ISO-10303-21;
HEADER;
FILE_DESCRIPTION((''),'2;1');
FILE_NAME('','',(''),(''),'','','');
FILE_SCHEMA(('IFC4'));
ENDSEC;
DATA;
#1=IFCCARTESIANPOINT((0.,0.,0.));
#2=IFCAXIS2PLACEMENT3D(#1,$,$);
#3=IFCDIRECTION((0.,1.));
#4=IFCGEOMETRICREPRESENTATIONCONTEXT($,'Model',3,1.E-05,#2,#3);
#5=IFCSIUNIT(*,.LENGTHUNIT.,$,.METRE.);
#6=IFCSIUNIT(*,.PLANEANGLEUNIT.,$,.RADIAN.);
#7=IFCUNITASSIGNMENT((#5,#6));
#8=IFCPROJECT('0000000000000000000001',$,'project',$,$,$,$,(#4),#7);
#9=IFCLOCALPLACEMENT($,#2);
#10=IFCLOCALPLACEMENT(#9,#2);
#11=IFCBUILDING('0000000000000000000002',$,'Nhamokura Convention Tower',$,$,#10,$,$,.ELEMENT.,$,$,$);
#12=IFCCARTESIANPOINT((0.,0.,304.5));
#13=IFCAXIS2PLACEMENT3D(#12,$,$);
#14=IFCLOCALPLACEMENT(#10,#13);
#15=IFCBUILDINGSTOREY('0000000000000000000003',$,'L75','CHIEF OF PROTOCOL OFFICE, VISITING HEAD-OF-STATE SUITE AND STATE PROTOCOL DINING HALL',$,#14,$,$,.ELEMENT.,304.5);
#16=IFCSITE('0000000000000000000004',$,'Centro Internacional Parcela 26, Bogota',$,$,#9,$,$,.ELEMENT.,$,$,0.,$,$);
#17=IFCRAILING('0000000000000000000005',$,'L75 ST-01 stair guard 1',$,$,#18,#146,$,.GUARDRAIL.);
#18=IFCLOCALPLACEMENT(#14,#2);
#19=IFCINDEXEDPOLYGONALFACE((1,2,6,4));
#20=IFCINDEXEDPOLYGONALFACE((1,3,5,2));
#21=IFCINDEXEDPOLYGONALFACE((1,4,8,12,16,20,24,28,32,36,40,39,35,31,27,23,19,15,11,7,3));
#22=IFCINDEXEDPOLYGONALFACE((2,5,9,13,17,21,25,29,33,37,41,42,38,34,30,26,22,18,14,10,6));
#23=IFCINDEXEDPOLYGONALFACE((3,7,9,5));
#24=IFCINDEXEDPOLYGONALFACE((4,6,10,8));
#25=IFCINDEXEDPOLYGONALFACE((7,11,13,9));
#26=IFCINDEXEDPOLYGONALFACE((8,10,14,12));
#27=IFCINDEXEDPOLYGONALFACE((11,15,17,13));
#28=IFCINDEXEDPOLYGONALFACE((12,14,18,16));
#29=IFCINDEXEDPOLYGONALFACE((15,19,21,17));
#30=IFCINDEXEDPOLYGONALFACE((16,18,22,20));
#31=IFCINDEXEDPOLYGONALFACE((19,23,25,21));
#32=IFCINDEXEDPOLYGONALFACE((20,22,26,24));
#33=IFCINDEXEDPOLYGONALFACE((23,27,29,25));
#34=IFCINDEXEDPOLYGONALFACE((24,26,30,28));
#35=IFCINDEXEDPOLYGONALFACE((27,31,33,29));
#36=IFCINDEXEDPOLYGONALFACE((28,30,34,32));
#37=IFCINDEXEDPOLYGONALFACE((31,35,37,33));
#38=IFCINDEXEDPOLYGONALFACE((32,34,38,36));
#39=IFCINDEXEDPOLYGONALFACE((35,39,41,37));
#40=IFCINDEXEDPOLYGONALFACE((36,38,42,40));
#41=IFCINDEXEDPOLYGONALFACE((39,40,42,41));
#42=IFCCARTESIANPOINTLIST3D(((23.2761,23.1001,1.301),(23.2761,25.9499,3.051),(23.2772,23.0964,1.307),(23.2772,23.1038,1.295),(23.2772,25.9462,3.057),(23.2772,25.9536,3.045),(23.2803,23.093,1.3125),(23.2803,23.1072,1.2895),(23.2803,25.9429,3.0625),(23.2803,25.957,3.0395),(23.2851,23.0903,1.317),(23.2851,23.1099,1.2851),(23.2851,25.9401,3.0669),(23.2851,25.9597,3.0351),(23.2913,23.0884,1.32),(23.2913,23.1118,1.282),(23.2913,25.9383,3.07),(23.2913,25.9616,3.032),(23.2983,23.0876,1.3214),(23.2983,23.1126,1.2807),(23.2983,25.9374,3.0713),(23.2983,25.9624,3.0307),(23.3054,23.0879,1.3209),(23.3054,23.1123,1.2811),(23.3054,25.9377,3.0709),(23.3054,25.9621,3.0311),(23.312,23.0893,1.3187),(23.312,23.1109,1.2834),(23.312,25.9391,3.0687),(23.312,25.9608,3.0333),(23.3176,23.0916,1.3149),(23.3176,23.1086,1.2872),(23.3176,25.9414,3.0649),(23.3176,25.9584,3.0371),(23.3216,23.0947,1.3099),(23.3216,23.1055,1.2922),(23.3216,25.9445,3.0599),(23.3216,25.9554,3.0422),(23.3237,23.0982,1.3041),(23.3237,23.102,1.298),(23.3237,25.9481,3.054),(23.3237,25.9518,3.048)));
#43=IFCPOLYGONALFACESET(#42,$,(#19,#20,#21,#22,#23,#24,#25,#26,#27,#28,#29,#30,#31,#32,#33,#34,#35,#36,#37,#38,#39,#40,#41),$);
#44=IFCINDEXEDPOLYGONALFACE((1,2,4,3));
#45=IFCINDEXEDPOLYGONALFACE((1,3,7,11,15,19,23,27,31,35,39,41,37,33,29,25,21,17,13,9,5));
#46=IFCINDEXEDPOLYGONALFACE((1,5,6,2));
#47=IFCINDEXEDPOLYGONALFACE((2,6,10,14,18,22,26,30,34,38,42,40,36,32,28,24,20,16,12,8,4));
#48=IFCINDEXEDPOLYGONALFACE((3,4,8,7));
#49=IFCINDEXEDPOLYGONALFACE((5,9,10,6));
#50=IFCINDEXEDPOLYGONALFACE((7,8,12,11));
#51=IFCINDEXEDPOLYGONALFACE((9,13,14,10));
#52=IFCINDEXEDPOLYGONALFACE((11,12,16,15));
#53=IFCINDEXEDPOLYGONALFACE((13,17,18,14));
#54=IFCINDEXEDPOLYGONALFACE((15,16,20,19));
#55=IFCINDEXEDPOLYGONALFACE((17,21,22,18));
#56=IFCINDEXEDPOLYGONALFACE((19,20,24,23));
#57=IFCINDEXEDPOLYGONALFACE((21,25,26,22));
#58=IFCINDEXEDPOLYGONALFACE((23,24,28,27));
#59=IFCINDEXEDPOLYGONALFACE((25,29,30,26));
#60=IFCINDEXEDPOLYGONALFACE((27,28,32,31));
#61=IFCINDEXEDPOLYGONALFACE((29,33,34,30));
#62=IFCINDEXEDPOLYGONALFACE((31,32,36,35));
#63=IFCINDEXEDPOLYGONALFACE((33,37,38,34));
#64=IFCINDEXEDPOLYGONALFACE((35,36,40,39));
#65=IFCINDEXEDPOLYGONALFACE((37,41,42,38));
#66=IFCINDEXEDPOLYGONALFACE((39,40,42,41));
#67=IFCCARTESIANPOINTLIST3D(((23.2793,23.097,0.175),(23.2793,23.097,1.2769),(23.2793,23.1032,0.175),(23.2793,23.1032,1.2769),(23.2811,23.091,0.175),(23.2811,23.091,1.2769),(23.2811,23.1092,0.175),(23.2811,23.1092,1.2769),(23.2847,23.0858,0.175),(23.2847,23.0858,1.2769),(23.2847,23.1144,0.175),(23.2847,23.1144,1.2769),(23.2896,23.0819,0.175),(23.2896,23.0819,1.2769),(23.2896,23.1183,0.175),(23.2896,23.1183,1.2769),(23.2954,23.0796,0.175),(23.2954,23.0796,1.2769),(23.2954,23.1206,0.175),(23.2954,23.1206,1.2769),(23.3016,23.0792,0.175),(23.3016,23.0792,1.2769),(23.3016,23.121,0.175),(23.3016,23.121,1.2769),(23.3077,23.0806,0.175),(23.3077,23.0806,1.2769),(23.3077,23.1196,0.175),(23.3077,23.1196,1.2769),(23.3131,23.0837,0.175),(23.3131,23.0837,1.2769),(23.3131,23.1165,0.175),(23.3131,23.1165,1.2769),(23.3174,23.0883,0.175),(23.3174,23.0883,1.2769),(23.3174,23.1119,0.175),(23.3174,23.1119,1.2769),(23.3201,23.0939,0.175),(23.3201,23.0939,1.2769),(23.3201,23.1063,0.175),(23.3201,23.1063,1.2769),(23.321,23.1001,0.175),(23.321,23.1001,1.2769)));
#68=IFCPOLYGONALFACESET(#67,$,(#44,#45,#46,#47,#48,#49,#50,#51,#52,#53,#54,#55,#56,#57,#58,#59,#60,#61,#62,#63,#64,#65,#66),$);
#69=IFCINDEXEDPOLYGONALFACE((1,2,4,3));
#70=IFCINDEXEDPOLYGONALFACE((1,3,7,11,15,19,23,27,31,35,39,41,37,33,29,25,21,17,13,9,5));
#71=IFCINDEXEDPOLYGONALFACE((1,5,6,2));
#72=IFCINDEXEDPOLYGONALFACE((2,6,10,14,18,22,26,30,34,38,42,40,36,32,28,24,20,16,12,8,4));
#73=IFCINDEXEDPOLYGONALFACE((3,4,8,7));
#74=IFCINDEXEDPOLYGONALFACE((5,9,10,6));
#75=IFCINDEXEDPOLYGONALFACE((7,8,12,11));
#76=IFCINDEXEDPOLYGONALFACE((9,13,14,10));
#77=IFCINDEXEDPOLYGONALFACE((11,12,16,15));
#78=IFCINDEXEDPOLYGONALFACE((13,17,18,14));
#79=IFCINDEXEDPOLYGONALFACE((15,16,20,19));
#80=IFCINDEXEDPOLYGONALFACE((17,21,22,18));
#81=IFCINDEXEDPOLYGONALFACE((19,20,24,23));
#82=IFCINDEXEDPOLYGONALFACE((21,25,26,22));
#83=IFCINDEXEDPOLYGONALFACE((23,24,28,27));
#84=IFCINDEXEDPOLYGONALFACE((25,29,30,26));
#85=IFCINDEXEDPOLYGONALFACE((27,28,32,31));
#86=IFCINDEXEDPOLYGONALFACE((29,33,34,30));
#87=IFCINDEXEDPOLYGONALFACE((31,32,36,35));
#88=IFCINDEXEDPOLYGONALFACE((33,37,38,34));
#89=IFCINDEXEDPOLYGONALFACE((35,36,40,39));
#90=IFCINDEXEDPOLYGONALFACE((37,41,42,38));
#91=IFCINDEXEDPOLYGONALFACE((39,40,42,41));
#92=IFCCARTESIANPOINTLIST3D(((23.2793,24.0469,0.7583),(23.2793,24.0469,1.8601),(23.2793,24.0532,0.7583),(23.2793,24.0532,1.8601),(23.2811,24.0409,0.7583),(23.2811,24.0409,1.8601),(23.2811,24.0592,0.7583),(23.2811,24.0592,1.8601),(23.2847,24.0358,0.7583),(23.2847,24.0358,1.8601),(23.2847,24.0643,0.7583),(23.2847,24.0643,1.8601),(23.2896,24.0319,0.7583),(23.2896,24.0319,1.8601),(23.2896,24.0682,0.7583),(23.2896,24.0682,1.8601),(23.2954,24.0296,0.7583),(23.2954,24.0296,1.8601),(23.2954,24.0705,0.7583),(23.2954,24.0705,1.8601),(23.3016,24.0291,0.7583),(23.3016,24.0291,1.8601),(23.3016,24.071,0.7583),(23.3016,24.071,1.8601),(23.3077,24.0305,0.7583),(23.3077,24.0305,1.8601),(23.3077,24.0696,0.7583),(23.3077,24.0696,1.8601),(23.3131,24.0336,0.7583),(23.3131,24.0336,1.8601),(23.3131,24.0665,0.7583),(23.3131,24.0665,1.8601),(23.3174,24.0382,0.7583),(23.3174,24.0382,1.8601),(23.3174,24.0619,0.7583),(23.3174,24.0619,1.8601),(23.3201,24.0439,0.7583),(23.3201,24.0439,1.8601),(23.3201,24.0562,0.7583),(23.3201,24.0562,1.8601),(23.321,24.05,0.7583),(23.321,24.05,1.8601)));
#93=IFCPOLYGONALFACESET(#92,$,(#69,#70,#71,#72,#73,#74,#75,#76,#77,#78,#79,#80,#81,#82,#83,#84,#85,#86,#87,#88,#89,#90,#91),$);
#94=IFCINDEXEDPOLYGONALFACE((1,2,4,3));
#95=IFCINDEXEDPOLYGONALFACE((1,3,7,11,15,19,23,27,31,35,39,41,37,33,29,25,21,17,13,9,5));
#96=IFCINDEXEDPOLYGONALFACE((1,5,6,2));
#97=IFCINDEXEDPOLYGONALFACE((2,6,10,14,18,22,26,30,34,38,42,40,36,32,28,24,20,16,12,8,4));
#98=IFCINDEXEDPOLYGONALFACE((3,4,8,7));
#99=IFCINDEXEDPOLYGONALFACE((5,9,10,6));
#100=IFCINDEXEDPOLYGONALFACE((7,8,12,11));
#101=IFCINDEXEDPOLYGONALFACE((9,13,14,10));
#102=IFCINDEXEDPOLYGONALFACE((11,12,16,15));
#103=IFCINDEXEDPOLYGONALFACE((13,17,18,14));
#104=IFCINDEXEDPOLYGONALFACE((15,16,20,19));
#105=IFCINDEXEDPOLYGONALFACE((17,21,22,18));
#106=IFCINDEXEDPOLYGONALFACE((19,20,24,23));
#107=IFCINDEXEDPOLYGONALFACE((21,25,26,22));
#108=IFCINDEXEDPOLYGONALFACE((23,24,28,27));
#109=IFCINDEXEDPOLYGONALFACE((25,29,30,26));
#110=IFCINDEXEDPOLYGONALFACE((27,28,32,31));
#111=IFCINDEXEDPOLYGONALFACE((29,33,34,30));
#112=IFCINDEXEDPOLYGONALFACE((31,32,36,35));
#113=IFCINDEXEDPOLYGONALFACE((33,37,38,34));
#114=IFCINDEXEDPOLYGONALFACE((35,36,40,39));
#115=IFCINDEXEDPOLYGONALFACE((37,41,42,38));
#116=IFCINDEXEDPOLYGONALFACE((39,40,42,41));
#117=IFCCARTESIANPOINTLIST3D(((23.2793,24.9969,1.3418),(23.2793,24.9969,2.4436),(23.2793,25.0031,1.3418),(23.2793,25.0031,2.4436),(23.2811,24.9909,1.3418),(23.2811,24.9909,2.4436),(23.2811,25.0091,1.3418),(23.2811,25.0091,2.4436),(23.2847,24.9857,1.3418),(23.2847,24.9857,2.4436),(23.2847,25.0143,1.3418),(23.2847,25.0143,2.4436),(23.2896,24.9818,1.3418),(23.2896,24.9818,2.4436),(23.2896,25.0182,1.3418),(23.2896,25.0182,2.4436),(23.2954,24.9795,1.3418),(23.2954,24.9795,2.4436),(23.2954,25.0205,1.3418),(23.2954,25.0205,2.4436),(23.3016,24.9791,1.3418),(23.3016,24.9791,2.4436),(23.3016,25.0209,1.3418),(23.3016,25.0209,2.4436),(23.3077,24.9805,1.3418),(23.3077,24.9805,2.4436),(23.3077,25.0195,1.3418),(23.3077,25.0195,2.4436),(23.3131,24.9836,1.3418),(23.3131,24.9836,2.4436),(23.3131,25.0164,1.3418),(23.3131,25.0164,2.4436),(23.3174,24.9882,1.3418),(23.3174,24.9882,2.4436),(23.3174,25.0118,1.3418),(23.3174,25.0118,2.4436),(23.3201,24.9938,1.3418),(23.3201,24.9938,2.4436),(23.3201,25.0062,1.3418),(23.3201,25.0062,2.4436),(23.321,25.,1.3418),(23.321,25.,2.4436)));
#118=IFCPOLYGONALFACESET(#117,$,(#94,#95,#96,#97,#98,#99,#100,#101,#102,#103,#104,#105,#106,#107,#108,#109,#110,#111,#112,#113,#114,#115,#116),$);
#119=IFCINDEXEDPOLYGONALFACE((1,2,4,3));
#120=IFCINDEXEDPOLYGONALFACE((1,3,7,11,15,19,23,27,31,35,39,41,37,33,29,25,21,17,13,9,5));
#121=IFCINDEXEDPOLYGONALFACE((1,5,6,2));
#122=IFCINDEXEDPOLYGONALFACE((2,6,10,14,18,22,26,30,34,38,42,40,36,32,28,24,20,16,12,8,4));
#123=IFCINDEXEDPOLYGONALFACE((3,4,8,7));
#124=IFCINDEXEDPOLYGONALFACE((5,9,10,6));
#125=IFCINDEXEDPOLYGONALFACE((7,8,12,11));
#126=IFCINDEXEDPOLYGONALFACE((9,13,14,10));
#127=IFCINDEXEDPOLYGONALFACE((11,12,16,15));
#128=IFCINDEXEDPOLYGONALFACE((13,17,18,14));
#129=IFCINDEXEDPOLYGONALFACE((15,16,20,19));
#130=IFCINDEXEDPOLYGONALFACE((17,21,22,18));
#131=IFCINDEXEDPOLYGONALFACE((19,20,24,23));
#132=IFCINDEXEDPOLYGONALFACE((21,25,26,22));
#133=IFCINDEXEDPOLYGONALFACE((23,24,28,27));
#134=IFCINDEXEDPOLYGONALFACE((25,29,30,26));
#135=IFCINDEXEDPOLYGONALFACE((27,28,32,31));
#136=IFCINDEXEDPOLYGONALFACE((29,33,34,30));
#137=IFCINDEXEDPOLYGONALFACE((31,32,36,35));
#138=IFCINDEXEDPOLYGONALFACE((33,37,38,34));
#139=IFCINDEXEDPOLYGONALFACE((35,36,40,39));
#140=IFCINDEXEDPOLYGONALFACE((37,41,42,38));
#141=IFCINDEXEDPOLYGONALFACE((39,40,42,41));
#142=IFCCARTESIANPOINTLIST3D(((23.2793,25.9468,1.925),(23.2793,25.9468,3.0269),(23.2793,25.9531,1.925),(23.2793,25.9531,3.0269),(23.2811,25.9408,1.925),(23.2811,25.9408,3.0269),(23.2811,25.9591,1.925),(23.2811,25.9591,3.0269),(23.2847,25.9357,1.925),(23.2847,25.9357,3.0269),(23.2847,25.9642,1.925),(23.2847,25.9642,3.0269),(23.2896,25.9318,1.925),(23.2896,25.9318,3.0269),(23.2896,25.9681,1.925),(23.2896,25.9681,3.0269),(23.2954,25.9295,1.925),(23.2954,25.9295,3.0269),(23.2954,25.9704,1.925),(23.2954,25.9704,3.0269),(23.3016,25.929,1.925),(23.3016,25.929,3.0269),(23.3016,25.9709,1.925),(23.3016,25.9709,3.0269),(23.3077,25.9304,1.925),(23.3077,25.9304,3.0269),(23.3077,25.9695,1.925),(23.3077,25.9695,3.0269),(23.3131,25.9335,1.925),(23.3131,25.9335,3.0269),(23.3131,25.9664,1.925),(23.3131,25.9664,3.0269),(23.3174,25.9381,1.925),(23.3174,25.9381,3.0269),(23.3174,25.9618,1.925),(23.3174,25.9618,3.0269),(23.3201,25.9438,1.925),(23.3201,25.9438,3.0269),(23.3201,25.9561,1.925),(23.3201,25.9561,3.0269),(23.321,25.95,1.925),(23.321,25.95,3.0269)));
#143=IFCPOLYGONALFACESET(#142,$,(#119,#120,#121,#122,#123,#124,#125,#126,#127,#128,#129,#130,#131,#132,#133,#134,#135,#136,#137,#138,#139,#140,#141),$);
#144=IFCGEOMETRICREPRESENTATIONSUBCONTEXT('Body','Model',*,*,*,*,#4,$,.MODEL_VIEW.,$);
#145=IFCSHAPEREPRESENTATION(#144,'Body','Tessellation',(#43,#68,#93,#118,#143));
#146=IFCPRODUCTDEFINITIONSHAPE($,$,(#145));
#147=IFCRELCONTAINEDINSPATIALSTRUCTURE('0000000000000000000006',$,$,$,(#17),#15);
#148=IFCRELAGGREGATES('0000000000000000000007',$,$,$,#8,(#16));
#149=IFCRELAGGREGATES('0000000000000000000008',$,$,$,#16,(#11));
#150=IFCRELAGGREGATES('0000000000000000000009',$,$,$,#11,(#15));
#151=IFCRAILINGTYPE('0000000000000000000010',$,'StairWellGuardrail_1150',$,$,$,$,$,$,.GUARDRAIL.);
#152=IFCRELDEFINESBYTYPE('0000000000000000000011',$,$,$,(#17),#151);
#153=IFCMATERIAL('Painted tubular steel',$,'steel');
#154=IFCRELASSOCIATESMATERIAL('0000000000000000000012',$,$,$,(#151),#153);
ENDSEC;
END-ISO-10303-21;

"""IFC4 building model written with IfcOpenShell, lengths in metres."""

from ifc_helpers import new_model, si_unit, direction, frame, origin, origin_2d, place, context, subcontext, project, spatial, circle, extrude, material, type_object, element, save


model = new_model("IFC4")

# Units and contexts
model_context = context("Model", 3, precision=1e-05, world=origin(), true_north=direction((0.0, 1.0)))
body_context = subcontext(model_context, "Body", "Model", "MODEL_VIEW")
ifc_project = project(units=[si_unit("LENGTHUNIT", "METRE"), si_unit("PLANEANGLEUNIT", "RADIAN")], contexts=[model_context])

# Site, building, storey
site_placement = place(None, origin())
site = spatial("IfcSite", under=ifc_project, at=site_placement, Name="Centro Internacional Parcela 26, Bogota", CompositionType="ELEMENT", RefElevation=0.0)
building_placement = place(site_placement, origin())
building = spatial("IfcBuilding", under=site, at=building_placement, Name="Nhamokura Convention Tower", CompositionType="ELEMENT")
storey_placement = place(building_placement, frame((0.0, 0.0, 304.5)))
storey = spatial("IfcBuildingStorey", under=building, at=storey_placement, Name="L75", Description="CHIEF OF PROTOCOL OFFICE, VISITING HEAD-OF-STATE SUITE AND STATE PROTOCOL DINING HALL", CompositionType="ELEMENT", Elevation=304.5)

# Railing
ifc_material_1 = material(Name="Painted tubular steel", Category="steel")
railing_type_1 = type_object("IfcRailingType", Name="StairWellGuardrail_1150", PredefinedType="GUARDRAIL", material=ifc_material_1)
railing_1_placement = place(storey_placement, frame((23.3, 23.1001, 0.175)))
element("IfcRailing", 1, at=railing_1_placement, inside=storey, type_object=railing_type_1, Name="L75 ST-01 stair guard 1", PredefinedType="GUARDRAIL", context=body_context, shape_type="SweptSolid", body=[
    extrude(circle(Radius=0.0239, at=origin_2d()), frame((0.0, 0.0, 1.126), z_axis=(0.0, 0.852159, 0.523283), x_axis=(-1.0, 0.0, 0.0)), (0.0, 0.0, 1.0), 3.3442),
    extrude(circle(Radius=0.021, at=origin_2d()), origin(), (0.0, 0.0, 1.0), 1.1018),
    extrude(circle(Radius=0.021, at=origin_2d()), frame((0.0, 0.95, 0.5833)), (0.0, 0.0, 1.0), 1.1018),
    extrude(circle(Radius=0.021, at=origin_2d()), frame((0.0, 1.8999, 1.1667)), (0.0, 0.0, 1.0), 1.1018),
    extrude(circle(Radius=0.021, at=origin_2d()), frame((0.0, 2.8499, 1.75)), (0.0, 0.0, 1.0), 1.1018),
])

save(model, "model.ifc")
